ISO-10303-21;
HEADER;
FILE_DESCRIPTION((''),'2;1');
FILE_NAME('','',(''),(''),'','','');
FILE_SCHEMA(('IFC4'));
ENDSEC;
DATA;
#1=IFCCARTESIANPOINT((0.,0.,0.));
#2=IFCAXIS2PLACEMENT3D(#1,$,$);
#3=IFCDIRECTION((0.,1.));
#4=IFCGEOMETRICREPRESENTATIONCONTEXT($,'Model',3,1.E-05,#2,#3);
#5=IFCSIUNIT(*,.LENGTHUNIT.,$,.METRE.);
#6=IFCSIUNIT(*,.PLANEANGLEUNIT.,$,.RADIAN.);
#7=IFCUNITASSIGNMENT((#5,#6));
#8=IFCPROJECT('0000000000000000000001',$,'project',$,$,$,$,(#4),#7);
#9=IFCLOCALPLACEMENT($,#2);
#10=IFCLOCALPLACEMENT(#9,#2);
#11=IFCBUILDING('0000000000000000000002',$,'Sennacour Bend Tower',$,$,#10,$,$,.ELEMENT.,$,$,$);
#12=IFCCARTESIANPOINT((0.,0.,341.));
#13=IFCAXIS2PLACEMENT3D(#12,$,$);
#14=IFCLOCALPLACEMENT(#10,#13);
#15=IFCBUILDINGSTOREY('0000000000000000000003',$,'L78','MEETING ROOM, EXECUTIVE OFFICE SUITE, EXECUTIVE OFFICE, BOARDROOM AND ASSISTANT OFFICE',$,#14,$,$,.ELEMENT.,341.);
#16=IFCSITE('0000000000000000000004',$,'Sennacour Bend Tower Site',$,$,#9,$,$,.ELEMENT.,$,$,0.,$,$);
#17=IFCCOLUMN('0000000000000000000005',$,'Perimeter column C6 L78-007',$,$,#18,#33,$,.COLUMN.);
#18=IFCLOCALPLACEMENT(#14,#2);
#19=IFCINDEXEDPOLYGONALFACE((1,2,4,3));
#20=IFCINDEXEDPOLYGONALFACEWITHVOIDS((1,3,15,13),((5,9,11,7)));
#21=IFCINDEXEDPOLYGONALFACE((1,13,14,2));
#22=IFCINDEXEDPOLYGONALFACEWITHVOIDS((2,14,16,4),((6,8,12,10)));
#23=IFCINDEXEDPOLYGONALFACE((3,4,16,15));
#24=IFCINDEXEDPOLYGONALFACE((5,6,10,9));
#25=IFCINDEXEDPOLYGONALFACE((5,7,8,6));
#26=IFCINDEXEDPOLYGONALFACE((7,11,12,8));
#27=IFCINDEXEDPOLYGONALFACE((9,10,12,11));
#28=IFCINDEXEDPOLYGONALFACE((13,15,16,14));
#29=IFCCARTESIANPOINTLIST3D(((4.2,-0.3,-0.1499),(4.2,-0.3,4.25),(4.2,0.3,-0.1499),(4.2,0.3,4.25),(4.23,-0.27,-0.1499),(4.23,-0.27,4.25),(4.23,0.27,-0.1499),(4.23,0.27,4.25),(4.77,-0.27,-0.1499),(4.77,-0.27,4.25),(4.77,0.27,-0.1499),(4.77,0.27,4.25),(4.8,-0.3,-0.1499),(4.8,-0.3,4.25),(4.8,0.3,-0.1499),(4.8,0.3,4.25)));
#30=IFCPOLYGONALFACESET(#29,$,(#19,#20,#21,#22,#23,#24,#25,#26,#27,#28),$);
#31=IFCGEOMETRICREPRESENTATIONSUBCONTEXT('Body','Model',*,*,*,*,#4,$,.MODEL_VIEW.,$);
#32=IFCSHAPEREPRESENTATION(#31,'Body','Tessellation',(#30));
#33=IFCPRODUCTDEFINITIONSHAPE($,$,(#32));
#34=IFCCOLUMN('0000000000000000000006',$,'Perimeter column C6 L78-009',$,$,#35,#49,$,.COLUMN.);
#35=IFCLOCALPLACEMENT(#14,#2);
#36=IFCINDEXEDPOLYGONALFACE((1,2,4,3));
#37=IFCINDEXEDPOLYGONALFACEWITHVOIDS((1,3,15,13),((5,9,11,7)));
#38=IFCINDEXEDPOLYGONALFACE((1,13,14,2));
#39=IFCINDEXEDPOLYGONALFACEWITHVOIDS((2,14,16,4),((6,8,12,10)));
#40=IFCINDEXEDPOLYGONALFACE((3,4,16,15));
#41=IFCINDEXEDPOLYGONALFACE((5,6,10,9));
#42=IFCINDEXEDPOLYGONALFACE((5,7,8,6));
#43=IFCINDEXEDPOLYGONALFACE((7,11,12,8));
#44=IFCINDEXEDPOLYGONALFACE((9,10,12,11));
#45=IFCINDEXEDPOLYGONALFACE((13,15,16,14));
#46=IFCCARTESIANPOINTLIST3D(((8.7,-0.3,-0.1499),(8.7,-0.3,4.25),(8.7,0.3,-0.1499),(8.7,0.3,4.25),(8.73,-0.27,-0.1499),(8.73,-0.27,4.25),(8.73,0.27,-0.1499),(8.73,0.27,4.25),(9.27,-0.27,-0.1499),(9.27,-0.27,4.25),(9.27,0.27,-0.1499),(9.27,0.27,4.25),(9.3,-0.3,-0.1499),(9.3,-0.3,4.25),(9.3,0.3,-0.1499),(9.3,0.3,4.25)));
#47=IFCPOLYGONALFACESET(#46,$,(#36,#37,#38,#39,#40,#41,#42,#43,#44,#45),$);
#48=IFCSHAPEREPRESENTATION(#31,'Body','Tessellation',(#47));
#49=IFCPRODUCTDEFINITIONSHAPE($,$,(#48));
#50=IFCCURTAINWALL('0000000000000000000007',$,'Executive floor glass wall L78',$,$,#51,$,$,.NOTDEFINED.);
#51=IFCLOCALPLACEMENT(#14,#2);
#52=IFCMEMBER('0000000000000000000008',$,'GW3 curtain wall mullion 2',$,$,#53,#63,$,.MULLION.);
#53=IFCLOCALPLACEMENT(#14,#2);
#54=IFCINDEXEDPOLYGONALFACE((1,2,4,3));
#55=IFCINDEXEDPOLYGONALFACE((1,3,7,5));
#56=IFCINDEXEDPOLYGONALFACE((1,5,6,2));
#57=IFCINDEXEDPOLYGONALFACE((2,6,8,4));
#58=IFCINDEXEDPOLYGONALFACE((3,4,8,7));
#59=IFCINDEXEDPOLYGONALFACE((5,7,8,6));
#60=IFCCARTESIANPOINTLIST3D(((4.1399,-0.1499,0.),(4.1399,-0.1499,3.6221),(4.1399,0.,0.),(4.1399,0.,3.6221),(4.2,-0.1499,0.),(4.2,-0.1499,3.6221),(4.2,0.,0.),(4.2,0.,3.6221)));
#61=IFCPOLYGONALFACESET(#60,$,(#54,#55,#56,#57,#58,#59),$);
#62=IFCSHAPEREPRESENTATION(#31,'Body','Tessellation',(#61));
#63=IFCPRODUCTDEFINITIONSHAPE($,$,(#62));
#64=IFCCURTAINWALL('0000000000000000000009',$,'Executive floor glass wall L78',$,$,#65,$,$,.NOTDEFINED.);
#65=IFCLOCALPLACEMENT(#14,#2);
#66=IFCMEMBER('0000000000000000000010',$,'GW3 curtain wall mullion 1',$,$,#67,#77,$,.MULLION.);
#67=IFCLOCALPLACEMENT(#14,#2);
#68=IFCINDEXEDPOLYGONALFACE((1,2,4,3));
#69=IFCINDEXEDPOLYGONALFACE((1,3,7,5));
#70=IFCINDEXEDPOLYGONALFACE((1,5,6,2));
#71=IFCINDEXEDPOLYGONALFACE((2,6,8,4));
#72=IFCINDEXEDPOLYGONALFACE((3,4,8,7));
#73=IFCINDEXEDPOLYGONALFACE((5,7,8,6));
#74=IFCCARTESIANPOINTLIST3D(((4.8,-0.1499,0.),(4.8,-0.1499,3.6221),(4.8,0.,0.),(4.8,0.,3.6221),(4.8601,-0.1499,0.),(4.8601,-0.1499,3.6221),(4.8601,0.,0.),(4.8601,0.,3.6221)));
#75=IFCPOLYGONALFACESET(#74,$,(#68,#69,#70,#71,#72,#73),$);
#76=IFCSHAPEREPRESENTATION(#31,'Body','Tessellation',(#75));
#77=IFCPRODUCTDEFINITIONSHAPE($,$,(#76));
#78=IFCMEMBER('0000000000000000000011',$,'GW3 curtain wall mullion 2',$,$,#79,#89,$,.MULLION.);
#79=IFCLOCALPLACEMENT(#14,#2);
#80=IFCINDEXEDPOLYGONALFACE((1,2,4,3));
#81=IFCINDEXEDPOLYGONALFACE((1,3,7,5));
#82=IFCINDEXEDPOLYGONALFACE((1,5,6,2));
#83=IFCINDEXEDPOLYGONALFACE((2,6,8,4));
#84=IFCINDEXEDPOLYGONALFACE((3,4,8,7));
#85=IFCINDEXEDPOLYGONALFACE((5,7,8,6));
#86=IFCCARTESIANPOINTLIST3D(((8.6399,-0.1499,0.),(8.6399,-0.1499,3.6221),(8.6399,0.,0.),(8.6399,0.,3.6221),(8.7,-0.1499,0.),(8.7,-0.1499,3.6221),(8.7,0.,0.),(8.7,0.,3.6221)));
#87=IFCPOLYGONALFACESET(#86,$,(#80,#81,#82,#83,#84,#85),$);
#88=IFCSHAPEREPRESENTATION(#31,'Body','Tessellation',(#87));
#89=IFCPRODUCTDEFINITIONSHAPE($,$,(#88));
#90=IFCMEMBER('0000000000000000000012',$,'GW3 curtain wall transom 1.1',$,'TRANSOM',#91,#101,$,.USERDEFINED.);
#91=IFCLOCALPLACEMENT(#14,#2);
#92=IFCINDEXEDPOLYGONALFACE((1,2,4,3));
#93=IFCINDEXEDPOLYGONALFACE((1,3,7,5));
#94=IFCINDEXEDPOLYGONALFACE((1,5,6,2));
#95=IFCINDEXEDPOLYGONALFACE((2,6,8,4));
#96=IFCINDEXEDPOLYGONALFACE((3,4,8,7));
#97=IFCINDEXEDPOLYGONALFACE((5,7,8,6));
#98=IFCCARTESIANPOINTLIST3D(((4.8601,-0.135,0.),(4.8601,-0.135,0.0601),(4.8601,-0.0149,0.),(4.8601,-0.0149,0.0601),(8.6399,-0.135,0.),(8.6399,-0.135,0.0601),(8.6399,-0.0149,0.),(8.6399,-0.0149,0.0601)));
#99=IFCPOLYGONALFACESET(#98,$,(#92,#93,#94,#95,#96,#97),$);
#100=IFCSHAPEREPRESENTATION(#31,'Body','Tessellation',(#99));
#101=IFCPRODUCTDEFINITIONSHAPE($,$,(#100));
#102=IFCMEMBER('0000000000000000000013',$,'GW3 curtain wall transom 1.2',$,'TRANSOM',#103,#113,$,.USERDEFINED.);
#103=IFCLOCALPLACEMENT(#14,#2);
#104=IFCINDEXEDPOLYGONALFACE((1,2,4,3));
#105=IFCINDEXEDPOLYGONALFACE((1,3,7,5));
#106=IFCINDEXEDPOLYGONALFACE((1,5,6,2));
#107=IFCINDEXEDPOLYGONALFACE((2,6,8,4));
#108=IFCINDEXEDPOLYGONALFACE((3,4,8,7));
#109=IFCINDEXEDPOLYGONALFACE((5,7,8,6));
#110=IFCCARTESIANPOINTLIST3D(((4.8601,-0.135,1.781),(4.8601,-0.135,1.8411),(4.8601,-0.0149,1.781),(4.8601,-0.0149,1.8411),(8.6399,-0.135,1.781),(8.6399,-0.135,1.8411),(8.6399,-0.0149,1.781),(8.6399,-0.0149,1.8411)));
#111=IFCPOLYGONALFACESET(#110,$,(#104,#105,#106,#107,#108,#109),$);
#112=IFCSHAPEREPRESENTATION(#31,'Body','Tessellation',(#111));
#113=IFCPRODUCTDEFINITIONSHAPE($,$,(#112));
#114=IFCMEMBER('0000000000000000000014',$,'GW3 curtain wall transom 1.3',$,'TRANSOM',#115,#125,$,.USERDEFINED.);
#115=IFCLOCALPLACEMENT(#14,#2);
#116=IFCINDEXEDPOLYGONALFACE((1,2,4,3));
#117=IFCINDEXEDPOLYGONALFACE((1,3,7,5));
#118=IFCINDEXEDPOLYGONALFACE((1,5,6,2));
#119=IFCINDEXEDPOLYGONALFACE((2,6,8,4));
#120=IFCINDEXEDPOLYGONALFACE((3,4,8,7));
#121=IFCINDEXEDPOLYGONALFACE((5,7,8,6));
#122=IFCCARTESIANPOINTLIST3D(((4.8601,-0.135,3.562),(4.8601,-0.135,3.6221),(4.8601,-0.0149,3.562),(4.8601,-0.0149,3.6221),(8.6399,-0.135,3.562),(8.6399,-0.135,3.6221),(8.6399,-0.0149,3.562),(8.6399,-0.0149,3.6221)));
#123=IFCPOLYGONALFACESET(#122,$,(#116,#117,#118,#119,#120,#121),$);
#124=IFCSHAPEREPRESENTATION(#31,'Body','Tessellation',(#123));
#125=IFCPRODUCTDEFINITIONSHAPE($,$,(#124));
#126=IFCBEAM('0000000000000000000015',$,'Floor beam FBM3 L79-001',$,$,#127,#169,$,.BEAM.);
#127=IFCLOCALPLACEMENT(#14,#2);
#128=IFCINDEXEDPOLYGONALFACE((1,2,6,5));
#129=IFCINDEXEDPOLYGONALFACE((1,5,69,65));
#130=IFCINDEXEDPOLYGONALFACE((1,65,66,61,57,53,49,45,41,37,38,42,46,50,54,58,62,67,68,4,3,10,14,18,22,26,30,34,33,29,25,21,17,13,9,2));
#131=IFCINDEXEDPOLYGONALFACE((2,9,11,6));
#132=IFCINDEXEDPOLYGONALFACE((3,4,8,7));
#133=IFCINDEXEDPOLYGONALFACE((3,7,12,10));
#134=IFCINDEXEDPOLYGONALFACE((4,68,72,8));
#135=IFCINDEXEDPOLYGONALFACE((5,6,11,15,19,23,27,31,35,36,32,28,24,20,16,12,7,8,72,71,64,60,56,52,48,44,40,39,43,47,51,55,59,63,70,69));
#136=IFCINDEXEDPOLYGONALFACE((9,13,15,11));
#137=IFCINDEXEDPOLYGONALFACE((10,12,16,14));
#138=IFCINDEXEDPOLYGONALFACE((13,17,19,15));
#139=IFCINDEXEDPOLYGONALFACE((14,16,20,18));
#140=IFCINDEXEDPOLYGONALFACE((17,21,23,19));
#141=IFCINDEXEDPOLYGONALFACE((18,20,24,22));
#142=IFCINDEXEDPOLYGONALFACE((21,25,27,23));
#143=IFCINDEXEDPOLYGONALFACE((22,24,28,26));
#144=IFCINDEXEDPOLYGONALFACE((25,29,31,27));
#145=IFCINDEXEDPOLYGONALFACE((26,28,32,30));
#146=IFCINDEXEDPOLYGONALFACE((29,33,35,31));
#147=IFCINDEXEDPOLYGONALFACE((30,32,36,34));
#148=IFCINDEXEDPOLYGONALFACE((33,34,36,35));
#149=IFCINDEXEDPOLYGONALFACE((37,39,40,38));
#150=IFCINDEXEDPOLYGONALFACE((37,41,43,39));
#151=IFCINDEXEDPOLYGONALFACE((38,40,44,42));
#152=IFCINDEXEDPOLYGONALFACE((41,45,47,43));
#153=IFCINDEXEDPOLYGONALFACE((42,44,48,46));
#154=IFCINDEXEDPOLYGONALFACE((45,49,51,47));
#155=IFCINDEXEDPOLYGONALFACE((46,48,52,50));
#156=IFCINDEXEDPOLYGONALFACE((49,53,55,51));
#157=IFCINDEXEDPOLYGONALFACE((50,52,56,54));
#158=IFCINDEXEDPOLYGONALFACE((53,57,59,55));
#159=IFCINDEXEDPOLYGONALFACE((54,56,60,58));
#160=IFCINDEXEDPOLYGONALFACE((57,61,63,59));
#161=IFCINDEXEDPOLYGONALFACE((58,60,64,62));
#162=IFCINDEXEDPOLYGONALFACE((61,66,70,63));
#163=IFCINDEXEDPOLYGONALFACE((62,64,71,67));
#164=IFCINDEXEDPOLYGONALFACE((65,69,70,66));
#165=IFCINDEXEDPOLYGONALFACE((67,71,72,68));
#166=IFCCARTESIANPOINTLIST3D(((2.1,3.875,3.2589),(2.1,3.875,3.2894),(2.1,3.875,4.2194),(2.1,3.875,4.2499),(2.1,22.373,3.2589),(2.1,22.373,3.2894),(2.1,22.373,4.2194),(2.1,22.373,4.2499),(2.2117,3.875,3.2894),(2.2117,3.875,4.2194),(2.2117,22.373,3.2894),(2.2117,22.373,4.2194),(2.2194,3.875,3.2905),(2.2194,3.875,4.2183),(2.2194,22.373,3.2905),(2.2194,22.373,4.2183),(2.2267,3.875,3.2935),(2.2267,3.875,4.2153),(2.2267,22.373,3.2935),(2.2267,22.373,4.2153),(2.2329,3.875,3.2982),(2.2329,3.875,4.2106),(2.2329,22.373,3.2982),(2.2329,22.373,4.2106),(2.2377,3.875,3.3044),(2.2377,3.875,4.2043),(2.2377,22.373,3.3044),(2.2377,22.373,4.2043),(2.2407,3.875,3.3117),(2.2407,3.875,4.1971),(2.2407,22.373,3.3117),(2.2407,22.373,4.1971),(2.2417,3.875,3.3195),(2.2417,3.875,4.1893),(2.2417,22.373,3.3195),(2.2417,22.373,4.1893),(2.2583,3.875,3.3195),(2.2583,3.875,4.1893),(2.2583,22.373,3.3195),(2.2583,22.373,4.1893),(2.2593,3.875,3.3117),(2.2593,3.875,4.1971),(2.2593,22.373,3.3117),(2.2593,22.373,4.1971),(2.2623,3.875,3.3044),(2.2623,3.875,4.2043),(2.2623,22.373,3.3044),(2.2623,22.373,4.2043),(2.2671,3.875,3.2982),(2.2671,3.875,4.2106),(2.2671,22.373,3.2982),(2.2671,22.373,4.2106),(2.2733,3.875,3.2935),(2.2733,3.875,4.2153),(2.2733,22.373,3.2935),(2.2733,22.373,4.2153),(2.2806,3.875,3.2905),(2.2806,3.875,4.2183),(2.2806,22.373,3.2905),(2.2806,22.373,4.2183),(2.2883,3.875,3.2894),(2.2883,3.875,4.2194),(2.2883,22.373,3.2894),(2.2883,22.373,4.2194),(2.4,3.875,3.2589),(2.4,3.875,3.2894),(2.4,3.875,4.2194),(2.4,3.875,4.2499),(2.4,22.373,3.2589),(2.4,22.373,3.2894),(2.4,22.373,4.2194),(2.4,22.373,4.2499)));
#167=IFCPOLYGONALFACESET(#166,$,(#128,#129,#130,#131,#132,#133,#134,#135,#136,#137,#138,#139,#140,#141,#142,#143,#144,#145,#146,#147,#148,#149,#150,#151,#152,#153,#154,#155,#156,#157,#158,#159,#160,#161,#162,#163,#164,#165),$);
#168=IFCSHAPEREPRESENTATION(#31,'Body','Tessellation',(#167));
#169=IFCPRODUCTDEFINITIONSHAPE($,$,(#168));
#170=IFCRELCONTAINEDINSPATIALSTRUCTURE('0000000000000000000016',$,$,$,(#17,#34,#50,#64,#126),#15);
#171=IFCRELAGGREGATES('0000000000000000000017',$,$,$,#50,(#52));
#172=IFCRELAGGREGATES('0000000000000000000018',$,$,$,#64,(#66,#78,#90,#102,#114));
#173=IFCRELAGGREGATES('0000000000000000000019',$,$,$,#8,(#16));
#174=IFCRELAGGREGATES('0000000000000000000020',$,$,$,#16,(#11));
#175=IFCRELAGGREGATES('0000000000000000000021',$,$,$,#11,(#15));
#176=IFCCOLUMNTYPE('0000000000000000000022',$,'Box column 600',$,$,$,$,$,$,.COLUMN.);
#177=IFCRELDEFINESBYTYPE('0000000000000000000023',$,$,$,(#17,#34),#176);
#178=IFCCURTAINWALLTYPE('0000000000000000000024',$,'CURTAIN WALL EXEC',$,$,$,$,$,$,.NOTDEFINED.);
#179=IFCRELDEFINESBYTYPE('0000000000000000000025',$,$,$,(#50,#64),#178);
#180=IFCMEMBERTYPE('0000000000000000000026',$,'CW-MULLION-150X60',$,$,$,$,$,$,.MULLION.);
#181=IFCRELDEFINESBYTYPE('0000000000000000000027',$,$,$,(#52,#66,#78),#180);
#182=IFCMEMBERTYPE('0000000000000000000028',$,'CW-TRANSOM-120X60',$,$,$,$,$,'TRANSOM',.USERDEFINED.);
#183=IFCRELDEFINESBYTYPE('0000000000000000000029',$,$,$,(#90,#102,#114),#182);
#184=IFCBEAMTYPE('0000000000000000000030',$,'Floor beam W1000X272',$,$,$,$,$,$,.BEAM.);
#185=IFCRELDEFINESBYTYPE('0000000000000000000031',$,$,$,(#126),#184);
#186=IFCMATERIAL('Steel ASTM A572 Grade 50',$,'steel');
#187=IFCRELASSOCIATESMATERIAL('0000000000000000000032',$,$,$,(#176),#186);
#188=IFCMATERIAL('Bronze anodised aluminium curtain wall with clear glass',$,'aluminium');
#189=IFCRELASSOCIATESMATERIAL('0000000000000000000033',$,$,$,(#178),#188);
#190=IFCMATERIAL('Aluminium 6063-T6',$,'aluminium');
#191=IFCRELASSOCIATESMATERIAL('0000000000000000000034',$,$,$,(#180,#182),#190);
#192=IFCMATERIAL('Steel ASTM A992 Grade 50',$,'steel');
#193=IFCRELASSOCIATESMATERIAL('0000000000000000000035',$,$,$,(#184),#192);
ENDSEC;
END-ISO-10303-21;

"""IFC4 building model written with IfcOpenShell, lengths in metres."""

from ifc_helpers import new_model, si_unit, direction, frame, origin, origin_2d, place, context, subcontext, project, spatial, rectangle, hollow_rectangle, i_section, extrude, material, material_profile, profile_set, type_object, element, aggregate, save


model = new_model("IFC4")

# Units and contexts
model_context = context("Model", 3, precision=1e-05, world=origin(), true_north=direction((0.0, 1.0)))
body_context = subcontext(model_context, "Body", "Model", "MODEL_VIEW")
ifc_project = project(units=[si_unit("LENGTHUNIT", "METRE"), si_unit("PLANEANGLEUNIT", "RADIAN")], contexts=[model_context])

# Site, building, storey
site_placement = place(None, origin())
site = spatial("IfcSite", under=ifc_project, at=site_placement, Name="Sennacour Bend Tower Site", CompositionType="ELEMENT", RefElevation=0.0)
building_placement = place(site_placement, origin())
building = spatial("IfcBuilding", under=site, at=building_placement, Name="Sennacour Bend Tower", CompositionType="ELEMENT")
storey_placement = place(building_placement, frame((0.0, 0.0, 341.0)))
storey = spatial("IfcBuildingStorey", under=building, at=storey_placement, Name="L78", Description="MEETING ROOM, EXECUTIVE OFFICE SUITE, EXECUTIVE OFFICE, BOARDROOM AND ASSISTANT OFFICE", CompositionType="ELEMENT", Elevation=341.0)

# Columns
ifc_material_1 = material(Name="Steel ASTM A572 Grade 50", Category="steel")
ifc_material_profile_1 = material_profile(ifc_material_1, hollow_rectangle(XDim=0.6001, YDim=0.6001, WallThickness=0.03, at=origin_2d()), Name="Steel ASTM A572 Grade 50", Category="steel")
ifc_profile_set_1 = profile_set([ifc_material_profile_1], Name="Steel ASTM A572 Grade 50")
column_type = type_object("IfcColumnType", Name="Box column 600", PredefinedType="COLUMN", material=ifc_profile_set_1)
for number, where, z_axis, x_axis, name in (
    (1, (4.5, 0.0, -0.1499), (0.0, 0.0, 1.0), (1.0, 0.0, 0.0), "Perimeter column C6 L78-007"),
    (2, (9.0, 0.0, -0.1499), (0.0, 0.0, 1.0), (1.0, 0.0, 0.0), "Perimeter column C6 L78-009"),
):
    element("IfcColumn", number, at=place(storey_placement, frame(where, z_axis=z_axis, x_axis=x_axis)), inside=storey, type_object=column_type, Name=name, PredefinedType="COLUMN", context=body_context, shape_type="SweptSolid", body=[
        extrude(hollow_rectangle(XDim=0.6001, YDim=0.6001, WallThickness=0.03, at=origin_2d()), origin(), (0.0, 0.0, 1.0), 4.3999),
    ])

# Curtain wall, member
ifc_material_2 = material(Name="Bronze anodised aluminium curtain wall with clear glass", Category="aluminium")
curtain_wall_type = type_object("IfcCurtainWallType", Name="CURTAIN WALL EXEC", PredefinedType="NOTDEFINED", material=ifc_material_2)
curtain_wall_1_placement = place(storey_placement, origin())
curtain_wall_1 = element("IfcCurtainWall", 3, at=curtain_wall_1_placement, inside=storey, type_object=curtain_wall_type, Name="Executive floor glass wall L78", PredefinedType="NOTDEFINED")
ifc_material_3 = material(Name="Aluminium 6063-T6", Category="aluminium")
ifc_material_profile_2 = material_profile(ifc_material_3, rectangle(XDim=0.1499, YDim=0.0601, at=origin_2d()), Name="Aluminium 6063-T6", Category="aluminium")
ifc_profile_set_2 = profile_set([ifc_material_profile_2], Name="Aluminium 6063-T6")
member_type_1 = type_object("IfcMemberType", Name="CW-MULLION-150X60", PredefinedType="MULLION", material=ifc_profile_set_2)
member_1_placement = place(storey_placement, frame((4.1699, -0.075, 0.0), z_axis=(0.0, 0.0, 1.0), x_axis=(0.0, 1.0, 0.0)))
member_1 = element("IfcMember", 4, at=member_1_placement, type_object=member_type_1, Name="GW3 curtain wall mullion 2", PredefinedType="MULLION", context=body_context, shape_type="SweptSolid", body=[
    extrude(rectangle(XDim=0.1499, YDim=0.0601, at=origin_2d()), origin(), (0.0, 0.0, 1.0), 3.6221),
])

# Curtain wall, members
curtain_wall_2_placement = place(storey_placement, origin())
curtain_wall_2 = element("IfcCurtainWall", 5, at=curtain_wall_2_placement, inside=storey, type_object=curtain_wall_type, Name="Executive floor glass wall L78", PredefinedType="NOTDEFINED")
member_2_placement = place(storey_placement, frame((4.8301, -0.075, 0.0), z_axis=(0.0, 0.0, 1.0), x_axis=(0.0, 1.0, 0.0)))
member_2 = element("IfcMember", 6, at=member_2_placement, type_object=member_type_1, Name="GW3 curtain wall mullion 1", PredefinedType="MULLION", context=body_context, shape_type="SweptSolid", body=[
    extrude(rectangle(XDim=0.1499, YDim=0.0601, at=origin_2d()), origin(), (0.0, 0.0, 1.0), 3.6221),
])
member_3_placement = place(storey_placement, frame((8.6699, -0.075, 0.0), z_axis=(0.0, 0.0, 1.0), x_axis=(0.0, 1.0, 0.0)))
member_3 = element("IfcMember", 7, at=member_3_placement, type_object=member_type_1, Name="GW3 curtain wall mullion 2", PredefinedType="MULLION", context=body_context, shape_type="SweptSolid", body=[
    extrude(rectangle(XDim=0.1499, YDim=0.0601, at=origin_2d()), origin(), (0.0, 0.0, 1.0), 3.6221),
])
ifc_material_profile_3 = material_profile(ifc_material_3, rectangle(XDim=0.1201, YDim=0.0601, at=origin_2d()), Name="Aluminium 6063-T6", Category="aluminium")
ifc_profile_set_3 = profile_set([ifc_material_profile_3], Name="Aluminium 6063-T6")
member_type_2 = type_object("IfcMemberType", Name="CW-TRANSOM-120X60", ElementType="TRANSOM", PredefinedType="USERDEFINED", material=ifc_profile_set_3)
member_4_placement = place(storey_placement, frame((4.8601, -0.075, 0.03), z_axis=(1.0, 0.0, 0.0), x_axis=(0.0, 1.0, 0.0)))
member_4 = element("IfcMember", 8, at=member_4_placement, type_object=member_type_2, Name="GW3 curtain wall transom 1.1", ObjectType="TRANSOM", PredefinedType="USERDEFINED", context=body_context, shape_type="SweptSolid", body=[
    extrude(rectangle(XDim=0.1201, YDim=0.0601, at=origin_2d()), origin(), (0.0, 0.0, 1.0), 3.7798),
])
member_5_placement = place(storey_placement, frame((4.8601, -0.075, 1.811), z_axis=(1.0, 0.0, 0.0), x_axis=(0.0, 1.0, 0.0)))
member_5 = element("IfcMember", 9, at=member_5_placement, type_object=member_type_2, Name="GW3 curtain wall transom 1.2", ObjectType="TRANSOM", PredefinedType="USERDEFINED", context=body_context, shape_type="SweptSolid", body=[
    extrude(rectangle(XDim=0.1201, YDim=0.0601, at=origin_2d()), origin(), (0.0, 0.0, 1.0), 3.7798),
])
member_6_placement = place(storey_placement, frame((4.8601, -0.075, 3.592), z_axis=(1.0, 0.0, 0.0), x_axis=(0.0, 1.0, 0.0)))
member_6 = element("IfcMember", 10, at=member_6_placement, type_object=member_type_2, Name="GW3 curtain wall transom 1.3", ObjectType="TRANSOM", PredefinedType="USERDEFINED", context=body_context, shape_type="SweptSolid", body=[
    extrude(rectangle(XDim=0.1201, YDim=0.0601, at=origin_2d()), origin(), (0.0, 0.0, 1.0), 3.7798),
])

# Beam
ifc_material_4 = material(Name="Steel ASTM A992 Grade 50", Category="steel")
ifc_material_profile_4 = material_profile(ifc_material_4, i_section(OverallWidth=0.3, OverallDepth=0.991, WebThickness=0.0166, FlangeThickness=0.0305, FilletRadius=0.03, at=origin_2d()), Name="Steel ASTM A992 Grade 50", Category="steel")
ifc_profile_set_4 = profile_set([ifc_material_profile_4], Name="Steel ASTM A992 Grade 50")
beam_type_1 = type_object("IfcBeamType", Name="Floor beam W1000X272", PredefinedType="BEAM", material=ifc_profile_set_4)
beam_1_placement = place(storey_placement, frame((2.25, 3.875, 3.7544), z_axis=(0.0, 1.0, 0.0), x_axis=(-1.0, 0.0, 0.0)))
element("IfcBeam", 11, at=beam_1_placement, inside=storey, type_object=beam_type_1, Name="Floor beam FBM3 L79-001", PredefinedType="BEAM", context=body_context, shape_type="SweptSolid", body=[
    extrude(i_section(OverallWidth=0.3, OverallDepth=0.991, WebThickness=0.0166, FlangeThickness=0.0305, FilletRadius=0.03, at=origin_2d()), origin(), (0.0, 0.0, 1.0), 18.498),
])

aggregate(curtain_wall_1, [member_1])
aggregate(curtain_wall_2, [member_2, member_3, member_4, member_5, member_6])

save(model, "model.ifc")
